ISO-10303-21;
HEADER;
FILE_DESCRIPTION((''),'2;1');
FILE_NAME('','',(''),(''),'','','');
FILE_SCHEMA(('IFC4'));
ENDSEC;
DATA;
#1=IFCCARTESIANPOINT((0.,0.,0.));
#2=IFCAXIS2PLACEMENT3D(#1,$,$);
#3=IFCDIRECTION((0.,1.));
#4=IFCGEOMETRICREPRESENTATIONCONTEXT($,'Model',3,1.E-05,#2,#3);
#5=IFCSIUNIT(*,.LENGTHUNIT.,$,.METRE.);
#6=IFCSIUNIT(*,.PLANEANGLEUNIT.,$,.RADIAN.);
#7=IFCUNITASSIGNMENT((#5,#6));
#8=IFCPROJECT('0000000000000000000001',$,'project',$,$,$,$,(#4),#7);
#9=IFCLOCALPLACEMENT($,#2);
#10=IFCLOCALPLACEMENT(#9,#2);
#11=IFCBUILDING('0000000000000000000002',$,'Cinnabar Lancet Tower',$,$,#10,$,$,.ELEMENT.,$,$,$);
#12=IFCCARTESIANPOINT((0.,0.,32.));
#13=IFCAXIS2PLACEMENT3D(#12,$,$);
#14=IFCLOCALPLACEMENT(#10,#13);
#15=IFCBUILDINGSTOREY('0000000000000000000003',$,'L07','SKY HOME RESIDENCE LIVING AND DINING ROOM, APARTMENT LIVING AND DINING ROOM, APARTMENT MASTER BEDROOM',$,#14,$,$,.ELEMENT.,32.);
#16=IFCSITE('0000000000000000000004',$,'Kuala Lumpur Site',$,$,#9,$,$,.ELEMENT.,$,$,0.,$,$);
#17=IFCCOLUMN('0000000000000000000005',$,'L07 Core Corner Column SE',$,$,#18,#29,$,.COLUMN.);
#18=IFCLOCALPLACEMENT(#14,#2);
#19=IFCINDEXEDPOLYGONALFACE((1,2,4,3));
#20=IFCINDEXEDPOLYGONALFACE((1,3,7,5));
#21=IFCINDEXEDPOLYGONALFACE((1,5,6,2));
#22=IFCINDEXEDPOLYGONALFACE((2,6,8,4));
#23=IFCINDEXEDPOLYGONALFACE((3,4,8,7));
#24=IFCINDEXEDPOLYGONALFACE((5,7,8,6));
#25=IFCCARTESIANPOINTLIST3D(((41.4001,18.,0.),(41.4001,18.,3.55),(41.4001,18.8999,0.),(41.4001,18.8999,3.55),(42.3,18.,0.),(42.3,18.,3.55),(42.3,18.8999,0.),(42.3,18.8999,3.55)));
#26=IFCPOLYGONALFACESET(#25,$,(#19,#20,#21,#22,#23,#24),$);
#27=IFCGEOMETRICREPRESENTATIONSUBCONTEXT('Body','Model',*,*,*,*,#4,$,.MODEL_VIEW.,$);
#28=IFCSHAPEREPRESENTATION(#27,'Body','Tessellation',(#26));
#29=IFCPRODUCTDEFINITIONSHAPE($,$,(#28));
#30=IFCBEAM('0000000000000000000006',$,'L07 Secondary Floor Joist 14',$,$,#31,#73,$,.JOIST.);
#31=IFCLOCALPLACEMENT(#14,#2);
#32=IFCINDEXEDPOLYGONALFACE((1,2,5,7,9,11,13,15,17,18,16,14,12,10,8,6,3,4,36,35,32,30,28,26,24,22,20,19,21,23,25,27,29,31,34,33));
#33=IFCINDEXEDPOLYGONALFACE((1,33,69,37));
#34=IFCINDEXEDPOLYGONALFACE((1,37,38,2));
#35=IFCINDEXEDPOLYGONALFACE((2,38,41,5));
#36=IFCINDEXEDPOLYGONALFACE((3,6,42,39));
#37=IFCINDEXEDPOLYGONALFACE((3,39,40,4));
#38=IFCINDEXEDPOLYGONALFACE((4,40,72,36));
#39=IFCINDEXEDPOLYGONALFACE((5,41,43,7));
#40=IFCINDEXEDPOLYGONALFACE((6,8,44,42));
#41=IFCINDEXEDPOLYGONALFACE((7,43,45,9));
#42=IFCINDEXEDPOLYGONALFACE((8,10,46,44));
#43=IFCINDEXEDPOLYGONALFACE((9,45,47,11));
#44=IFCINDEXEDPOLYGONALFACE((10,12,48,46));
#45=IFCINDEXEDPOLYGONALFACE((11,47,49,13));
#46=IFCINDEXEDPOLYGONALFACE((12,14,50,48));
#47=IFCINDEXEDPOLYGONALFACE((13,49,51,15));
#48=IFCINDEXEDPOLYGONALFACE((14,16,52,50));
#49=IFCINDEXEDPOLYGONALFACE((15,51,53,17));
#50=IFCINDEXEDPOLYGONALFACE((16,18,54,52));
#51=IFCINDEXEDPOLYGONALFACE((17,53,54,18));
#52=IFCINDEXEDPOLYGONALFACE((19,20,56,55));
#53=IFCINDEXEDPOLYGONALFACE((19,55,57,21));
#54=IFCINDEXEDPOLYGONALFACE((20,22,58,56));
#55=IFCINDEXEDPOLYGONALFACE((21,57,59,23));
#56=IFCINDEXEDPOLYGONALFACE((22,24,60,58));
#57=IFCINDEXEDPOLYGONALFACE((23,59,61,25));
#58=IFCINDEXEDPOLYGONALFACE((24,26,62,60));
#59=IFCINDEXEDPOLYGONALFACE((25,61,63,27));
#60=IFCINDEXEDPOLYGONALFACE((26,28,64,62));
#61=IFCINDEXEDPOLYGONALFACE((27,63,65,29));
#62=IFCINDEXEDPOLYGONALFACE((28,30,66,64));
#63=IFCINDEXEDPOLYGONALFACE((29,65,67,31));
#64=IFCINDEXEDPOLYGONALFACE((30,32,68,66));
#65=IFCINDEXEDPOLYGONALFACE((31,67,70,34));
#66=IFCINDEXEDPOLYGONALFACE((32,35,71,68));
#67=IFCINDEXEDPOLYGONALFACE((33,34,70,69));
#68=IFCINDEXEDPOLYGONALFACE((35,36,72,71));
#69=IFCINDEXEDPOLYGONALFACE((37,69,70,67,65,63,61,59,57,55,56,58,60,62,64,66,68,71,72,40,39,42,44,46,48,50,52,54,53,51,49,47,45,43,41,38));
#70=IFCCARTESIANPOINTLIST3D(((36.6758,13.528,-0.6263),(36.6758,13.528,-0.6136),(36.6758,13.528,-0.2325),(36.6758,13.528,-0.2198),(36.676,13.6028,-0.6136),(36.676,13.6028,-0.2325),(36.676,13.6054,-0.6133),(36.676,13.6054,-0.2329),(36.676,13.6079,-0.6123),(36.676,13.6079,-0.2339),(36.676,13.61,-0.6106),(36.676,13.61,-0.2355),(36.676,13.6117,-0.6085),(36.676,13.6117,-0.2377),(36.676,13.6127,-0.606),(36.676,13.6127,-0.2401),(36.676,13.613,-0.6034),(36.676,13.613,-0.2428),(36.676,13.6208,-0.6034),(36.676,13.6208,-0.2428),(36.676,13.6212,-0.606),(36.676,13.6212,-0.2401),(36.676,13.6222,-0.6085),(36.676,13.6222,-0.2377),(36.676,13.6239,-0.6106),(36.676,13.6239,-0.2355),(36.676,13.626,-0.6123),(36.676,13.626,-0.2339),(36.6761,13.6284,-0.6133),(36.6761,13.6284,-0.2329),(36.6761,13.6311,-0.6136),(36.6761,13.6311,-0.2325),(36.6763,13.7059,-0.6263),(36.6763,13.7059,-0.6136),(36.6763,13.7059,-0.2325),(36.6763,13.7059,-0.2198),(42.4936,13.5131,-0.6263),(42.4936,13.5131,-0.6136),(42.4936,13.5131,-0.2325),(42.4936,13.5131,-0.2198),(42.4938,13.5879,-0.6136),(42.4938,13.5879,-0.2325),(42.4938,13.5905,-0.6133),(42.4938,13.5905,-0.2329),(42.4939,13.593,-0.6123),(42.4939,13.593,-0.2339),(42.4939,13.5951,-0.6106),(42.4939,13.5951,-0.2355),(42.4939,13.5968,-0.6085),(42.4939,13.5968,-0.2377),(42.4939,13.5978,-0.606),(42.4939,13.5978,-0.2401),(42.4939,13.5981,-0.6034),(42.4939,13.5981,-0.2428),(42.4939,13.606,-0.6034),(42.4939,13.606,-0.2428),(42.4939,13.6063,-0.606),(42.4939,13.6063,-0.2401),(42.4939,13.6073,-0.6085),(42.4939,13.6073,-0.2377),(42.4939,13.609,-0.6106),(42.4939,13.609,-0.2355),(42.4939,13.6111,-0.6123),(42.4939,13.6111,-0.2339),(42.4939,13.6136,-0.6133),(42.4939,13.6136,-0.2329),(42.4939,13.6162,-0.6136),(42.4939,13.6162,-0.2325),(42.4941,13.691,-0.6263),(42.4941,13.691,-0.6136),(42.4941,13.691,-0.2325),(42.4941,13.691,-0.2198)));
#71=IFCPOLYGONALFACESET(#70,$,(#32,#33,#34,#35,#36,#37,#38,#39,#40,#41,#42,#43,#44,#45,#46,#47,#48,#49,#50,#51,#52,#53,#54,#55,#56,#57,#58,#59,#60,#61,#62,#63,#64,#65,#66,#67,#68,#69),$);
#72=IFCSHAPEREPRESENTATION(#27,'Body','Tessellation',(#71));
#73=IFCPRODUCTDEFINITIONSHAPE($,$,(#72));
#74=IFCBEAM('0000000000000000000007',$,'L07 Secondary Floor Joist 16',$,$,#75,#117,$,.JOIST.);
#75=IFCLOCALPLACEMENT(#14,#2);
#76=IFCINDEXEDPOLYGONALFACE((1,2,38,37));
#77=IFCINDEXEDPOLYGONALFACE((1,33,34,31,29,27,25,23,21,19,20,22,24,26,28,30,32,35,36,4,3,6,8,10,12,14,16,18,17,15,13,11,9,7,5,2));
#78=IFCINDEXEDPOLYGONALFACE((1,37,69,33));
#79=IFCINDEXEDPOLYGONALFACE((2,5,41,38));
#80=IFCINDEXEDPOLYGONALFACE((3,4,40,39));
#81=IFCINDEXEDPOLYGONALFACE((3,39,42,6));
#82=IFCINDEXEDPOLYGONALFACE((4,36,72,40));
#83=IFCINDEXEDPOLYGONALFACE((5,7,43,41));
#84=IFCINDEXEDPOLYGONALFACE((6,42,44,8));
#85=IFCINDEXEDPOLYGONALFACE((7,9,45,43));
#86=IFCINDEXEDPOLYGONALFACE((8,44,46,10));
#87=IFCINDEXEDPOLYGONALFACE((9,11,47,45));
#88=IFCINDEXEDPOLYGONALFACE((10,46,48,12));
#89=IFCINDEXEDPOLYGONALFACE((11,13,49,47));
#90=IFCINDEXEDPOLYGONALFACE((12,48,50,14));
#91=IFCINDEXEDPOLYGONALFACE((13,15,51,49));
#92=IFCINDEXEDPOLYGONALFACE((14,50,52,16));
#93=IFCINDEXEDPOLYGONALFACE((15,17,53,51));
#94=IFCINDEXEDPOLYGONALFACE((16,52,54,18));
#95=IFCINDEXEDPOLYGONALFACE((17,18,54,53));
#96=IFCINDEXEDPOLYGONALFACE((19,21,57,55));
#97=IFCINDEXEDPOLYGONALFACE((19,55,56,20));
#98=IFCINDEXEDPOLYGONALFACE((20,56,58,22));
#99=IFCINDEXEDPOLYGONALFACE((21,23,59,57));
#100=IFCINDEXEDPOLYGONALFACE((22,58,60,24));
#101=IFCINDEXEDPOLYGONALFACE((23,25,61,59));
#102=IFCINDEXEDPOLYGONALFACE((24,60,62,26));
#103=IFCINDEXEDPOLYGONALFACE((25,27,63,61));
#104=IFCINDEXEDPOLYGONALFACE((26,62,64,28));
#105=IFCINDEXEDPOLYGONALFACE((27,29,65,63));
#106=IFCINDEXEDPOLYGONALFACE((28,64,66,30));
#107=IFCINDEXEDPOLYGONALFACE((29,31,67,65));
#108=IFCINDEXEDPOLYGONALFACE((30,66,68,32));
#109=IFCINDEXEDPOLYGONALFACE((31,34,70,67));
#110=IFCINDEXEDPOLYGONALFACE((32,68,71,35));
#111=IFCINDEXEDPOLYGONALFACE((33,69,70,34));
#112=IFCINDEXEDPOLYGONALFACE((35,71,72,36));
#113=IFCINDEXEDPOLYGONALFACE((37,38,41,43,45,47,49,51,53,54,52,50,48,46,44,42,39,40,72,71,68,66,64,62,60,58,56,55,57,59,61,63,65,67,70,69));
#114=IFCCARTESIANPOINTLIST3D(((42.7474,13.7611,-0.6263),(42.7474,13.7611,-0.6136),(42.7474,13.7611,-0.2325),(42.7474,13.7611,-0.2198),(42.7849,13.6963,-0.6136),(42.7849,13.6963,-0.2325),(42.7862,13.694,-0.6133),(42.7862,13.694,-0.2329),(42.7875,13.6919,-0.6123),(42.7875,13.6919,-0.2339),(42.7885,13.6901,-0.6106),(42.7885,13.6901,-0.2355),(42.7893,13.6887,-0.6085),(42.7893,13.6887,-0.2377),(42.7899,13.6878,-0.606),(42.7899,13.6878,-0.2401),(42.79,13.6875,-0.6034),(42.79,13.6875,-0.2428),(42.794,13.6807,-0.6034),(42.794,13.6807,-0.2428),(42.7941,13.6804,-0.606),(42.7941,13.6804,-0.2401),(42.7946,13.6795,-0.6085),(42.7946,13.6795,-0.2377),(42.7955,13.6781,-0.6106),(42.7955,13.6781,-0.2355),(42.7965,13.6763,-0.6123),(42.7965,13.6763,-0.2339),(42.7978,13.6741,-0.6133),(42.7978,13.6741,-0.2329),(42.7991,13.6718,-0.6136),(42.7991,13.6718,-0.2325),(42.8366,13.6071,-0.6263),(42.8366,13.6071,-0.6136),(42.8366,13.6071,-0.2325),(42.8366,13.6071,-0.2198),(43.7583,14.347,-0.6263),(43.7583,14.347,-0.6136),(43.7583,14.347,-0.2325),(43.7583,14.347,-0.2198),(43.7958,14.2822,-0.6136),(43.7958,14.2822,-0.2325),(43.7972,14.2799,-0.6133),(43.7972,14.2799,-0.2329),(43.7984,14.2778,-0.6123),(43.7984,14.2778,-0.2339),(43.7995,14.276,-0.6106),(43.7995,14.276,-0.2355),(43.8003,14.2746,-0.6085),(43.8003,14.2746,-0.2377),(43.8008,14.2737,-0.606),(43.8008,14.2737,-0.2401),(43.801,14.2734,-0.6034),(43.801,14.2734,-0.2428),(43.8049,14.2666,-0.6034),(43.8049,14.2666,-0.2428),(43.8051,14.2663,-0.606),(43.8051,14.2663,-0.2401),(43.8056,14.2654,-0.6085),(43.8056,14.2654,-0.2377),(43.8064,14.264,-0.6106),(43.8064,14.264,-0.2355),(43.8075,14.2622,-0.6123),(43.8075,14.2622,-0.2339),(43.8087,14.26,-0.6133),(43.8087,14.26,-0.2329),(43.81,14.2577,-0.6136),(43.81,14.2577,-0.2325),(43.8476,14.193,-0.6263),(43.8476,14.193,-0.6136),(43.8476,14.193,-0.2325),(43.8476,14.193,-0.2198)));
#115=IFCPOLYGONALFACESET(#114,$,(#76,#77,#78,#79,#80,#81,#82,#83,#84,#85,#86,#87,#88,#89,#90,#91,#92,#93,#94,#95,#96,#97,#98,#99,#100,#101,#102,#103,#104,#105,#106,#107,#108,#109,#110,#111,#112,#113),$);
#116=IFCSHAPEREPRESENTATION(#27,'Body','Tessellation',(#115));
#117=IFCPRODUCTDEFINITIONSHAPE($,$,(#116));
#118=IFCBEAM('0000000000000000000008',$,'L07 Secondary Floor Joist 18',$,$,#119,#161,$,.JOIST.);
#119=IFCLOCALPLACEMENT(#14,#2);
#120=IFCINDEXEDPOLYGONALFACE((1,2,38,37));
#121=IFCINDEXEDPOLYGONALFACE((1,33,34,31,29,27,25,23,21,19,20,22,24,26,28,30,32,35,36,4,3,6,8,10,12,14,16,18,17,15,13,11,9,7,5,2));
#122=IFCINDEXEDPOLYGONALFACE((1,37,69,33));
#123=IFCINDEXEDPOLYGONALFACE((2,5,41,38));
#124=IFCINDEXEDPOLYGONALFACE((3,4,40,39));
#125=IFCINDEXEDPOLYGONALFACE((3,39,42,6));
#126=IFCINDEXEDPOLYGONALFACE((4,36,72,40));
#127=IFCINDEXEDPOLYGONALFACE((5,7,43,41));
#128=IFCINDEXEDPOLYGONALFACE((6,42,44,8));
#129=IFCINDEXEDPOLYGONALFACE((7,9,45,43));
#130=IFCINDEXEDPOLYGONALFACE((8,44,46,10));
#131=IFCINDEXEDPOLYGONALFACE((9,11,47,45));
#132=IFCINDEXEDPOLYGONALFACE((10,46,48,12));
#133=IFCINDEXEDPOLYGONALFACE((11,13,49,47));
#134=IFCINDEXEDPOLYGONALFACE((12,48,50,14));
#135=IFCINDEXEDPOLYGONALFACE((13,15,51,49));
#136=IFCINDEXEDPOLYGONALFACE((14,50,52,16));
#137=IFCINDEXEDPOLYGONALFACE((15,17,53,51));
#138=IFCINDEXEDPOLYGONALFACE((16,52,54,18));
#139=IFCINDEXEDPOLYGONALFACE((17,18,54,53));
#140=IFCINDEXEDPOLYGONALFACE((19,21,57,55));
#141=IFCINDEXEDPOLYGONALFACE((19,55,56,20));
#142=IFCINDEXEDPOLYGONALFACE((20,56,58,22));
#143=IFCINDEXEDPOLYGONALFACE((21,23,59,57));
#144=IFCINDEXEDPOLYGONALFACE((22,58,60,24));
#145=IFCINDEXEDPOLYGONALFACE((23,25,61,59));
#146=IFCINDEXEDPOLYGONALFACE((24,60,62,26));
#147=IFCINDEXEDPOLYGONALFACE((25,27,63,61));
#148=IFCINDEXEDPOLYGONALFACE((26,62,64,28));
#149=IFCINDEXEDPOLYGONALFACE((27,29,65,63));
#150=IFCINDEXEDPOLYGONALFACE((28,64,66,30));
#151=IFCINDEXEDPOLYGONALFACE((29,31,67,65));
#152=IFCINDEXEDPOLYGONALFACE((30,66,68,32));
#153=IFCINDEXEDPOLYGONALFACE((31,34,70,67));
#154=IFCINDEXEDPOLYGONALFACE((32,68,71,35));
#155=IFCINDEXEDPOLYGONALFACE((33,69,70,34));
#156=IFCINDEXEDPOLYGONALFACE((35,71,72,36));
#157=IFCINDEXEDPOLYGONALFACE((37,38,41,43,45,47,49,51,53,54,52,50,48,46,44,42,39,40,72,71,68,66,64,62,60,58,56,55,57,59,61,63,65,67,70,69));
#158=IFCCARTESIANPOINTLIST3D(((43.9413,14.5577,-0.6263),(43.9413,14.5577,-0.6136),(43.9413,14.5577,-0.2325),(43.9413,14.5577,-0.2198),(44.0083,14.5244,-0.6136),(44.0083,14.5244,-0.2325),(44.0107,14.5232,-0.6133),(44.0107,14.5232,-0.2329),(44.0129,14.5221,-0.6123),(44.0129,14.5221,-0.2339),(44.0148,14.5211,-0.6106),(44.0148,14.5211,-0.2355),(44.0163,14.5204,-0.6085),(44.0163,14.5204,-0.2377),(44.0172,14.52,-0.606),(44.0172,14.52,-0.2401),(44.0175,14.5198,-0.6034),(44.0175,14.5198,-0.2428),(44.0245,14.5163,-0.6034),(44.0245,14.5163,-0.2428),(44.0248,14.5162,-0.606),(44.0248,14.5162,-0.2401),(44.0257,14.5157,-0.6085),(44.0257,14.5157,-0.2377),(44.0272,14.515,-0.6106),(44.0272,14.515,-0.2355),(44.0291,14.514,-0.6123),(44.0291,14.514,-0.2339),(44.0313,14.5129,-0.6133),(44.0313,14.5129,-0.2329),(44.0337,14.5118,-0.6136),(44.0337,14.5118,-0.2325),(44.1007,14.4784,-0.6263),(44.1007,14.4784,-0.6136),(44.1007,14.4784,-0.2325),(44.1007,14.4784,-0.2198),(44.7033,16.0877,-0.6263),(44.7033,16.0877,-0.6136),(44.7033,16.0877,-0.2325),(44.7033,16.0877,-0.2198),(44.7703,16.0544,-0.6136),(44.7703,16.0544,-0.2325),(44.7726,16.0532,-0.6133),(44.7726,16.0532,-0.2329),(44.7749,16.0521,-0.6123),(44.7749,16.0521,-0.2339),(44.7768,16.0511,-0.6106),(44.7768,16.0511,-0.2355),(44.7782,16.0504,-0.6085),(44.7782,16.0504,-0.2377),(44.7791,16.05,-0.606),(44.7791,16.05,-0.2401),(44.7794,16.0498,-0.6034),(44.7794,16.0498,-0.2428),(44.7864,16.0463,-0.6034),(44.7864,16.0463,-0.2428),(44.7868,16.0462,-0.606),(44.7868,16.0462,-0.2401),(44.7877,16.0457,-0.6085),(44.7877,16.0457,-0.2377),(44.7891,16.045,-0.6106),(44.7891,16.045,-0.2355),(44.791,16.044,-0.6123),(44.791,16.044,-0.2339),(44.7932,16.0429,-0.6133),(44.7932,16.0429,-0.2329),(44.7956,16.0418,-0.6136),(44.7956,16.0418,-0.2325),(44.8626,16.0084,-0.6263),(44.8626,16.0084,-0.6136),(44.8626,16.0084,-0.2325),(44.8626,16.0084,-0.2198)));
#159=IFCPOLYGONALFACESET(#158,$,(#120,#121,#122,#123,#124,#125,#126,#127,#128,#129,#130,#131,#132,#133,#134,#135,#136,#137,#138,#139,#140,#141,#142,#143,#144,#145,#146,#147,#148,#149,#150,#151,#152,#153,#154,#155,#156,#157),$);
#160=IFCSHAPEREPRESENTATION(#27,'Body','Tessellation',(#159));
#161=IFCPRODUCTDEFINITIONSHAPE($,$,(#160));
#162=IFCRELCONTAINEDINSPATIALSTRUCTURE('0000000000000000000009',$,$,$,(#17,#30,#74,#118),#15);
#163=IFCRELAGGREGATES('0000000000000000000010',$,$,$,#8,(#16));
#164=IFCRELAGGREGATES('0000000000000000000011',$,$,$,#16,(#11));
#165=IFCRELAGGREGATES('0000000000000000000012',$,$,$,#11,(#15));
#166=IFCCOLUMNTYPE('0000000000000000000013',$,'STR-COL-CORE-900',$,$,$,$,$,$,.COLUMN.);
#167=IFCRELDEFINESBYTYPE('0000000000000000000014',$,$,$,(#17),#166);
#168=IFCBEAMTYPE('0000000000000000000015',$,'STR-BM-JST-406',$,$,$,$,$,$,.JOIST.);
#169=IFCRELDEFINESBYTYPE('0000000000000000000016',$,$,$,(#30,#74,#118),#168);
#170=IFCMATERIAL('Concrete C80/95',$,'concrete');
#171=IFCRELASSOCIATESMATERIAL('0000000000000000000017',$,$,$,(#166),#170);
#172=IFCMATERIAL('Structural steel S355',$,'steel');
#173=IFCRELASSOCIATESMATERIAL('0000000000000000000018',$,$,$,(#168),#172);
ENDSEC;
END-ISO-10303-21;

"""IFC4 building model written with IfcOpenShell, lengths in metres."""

from ifc_helpers import new_model, si_unit, direction, frame, origin, origin_2d, place, context, subcontext, project, spatial, rectangle, i_section, extrude, material, material_profile, profile_set, type_object, element, save


model = new_model("IFC4")

# Units and contexts
model_context = context("Model", 3, precision=1e-05, world=origin(), true_north=direction((0.0, 1.0)))
body_context = subcontext(model_context, "Body", "Model", "MODEL_VIEW")
ifc_project = project(units=[si_unit("LENGTHUNIT", "METRE"), si_unit("PLANEANGLEUNIT", "RADIAN")], contexts=[model_context])

# Site, building, storey
site_placement = place(None, origin())
site = spatial("IfcSite", under=ifc_project, at=site_placement, Name="Kuala Lumpur Site", CompositionType="ELEMENT", RefElevation=0.0)
building_placement = place(site_placement, origin())
building = spatial("IfcBuilding", under=site, at=building_placement, Name="Cinnabar Lancet Tower", CompositionType="ELEMENT")
storey_placement = place(building_placement, frame((0.0, 0.0, 32.0)))
storey = spatial("IfcBuildingStorey", under=building, at=storey_placement, Name="L07", Description="SKY HOME RESIDENCE LIVING AND DINING ROOM, APARTMENT LIVING AND DINING ROOM, APARTMENT MASTER BEDROOM", CompositionType="ELEMENT", Elevation=32.0)

# Column
ifc_material_1 = material(Name="Concrete C80/95", Category="concrete")
ifc_material_profile_1 = material_profile(ifc_material_1, rectangle(XDim=0.8999, YDim=0.8999, at=origin_2d()), Name="RC-COL 900x900")
ifc_profile_set_1 = profile_set([ifc_material_profile_1], Name="Concrete C80/95")
column_type = type_object("IfcColumnType", Name="STR-COL-CORE-900", PredefinedType="COLUMN", material=ifc_profile_set_1)
column_placement = place(storey_placement, frame((41.8501, 18.45, 0.0), z_axis=(0.0, 0.0, 1.0), x_axis=(1.0, 0.0, 0.0)))
element("IfcColumn", 1, at=column_placement, inside=storey, type_object=column_type, Name="L07 Core Corner Column SE", PredefinedType="COLUMN", context=body_context, shape_type="SweptSolid", body=[
    extrude(rectangle(XDim=0.8999, YDim=0.8999, at=origin_2d()), origin(), (0.0, 0.0, 1.0), 3.55),
])

# Beams
ifc_material_2 = material(Name="Structural steel S355", Category="steel")
ifc_material_profile_2 = material_profile(ifc_material_2, i_section(OverallWidth=0.178, OverallDepth=0.4065, WebThickness=0.0078, FlangeThickness=0.0127, FilletRadius=0.0103, at=origin_2d()), Name="UKB 406x178x60")
ifc_profile_set_2 = profile_set([ifc_material_profile_2], Name="Structural steel S355")
beam_type_1 = type_object("IfcBeamType", Name="STR-BM-JST-406", PredefinedType="JOIST", material=ifc_profile_set_2)
beam_1_placement = place(storey_placement, frame((36.676, 13.6169, -0.4231), z_axis=(0.999997, -0.00256, 0.0), x_axis=(0.00256, 0.999997, 0.0)))
element("IfcBeam", 2, at=beam_1_placement, inside=storey, type_object=beam_type_1, Name="L07 Secondary Floor Joist 14", PredefinedType="JOIST", context=body_context, shape_type="SweptSolid", body=[
    extrude(i_section(OverallWidth=0.178, OverallDepth=0.4065, WebThickness=0.0078, FlangeThickness=0.0127, FilletRadius=0.0103, at=origin_2d()), origin(), (0.0, 0.0, 1.0), 5.8179),
])
beam_2_placement = place(storey_placement, frame((42.792, 13.6841, -0.4231), z_axis=(0.865193, 0.50144, 0.0), x_axis=(-0.50144, 0.865193, 0.0)))
element("IfcBeam", 3, at=beam_2_placement, inside=storey, type_object=beam_type_1, Name="L07 Secondary Floor Joist 16", PredefinedType="JOIST", context=body_context, shape_type="SweptSolid", body=[
    extrude(i_section(OverallWidth=0.178, OverallDepth=0.4065, WebThickness=0.0078, FlangeThickness=0.0127, FilletRadius=0.0103, at=origin_2d()), origin(), (0.0, 0.0, 1.0), 1.1685),
])
beam_3_placement = place(storey_placement, frame((44.021, 14.5181, -0.4231), z_axis=(0.445785, 0.89514, 0.0), x_axis=(-0.89514, 0.445785, 0.0)))
element("IfcBeam", 4, at=beam_3_placement, inside=storey, type_object=beam_type_1, Name="L07 Secondary Floor Joist 18", PredefinedType="JOIST", context=body_context, shape_type="SweptSolid", body=[
    extrude(i_section(OverallWidth=0.178, OverallDepth=0.4065, WebThickness=0.0078, FlangeThickness=0.0127, FilletRadius=0.0103, at=origin_2d()), origin(), (0.0, 0.0, 1.0), 1.7092),
])

save(model, "model.ifc")
